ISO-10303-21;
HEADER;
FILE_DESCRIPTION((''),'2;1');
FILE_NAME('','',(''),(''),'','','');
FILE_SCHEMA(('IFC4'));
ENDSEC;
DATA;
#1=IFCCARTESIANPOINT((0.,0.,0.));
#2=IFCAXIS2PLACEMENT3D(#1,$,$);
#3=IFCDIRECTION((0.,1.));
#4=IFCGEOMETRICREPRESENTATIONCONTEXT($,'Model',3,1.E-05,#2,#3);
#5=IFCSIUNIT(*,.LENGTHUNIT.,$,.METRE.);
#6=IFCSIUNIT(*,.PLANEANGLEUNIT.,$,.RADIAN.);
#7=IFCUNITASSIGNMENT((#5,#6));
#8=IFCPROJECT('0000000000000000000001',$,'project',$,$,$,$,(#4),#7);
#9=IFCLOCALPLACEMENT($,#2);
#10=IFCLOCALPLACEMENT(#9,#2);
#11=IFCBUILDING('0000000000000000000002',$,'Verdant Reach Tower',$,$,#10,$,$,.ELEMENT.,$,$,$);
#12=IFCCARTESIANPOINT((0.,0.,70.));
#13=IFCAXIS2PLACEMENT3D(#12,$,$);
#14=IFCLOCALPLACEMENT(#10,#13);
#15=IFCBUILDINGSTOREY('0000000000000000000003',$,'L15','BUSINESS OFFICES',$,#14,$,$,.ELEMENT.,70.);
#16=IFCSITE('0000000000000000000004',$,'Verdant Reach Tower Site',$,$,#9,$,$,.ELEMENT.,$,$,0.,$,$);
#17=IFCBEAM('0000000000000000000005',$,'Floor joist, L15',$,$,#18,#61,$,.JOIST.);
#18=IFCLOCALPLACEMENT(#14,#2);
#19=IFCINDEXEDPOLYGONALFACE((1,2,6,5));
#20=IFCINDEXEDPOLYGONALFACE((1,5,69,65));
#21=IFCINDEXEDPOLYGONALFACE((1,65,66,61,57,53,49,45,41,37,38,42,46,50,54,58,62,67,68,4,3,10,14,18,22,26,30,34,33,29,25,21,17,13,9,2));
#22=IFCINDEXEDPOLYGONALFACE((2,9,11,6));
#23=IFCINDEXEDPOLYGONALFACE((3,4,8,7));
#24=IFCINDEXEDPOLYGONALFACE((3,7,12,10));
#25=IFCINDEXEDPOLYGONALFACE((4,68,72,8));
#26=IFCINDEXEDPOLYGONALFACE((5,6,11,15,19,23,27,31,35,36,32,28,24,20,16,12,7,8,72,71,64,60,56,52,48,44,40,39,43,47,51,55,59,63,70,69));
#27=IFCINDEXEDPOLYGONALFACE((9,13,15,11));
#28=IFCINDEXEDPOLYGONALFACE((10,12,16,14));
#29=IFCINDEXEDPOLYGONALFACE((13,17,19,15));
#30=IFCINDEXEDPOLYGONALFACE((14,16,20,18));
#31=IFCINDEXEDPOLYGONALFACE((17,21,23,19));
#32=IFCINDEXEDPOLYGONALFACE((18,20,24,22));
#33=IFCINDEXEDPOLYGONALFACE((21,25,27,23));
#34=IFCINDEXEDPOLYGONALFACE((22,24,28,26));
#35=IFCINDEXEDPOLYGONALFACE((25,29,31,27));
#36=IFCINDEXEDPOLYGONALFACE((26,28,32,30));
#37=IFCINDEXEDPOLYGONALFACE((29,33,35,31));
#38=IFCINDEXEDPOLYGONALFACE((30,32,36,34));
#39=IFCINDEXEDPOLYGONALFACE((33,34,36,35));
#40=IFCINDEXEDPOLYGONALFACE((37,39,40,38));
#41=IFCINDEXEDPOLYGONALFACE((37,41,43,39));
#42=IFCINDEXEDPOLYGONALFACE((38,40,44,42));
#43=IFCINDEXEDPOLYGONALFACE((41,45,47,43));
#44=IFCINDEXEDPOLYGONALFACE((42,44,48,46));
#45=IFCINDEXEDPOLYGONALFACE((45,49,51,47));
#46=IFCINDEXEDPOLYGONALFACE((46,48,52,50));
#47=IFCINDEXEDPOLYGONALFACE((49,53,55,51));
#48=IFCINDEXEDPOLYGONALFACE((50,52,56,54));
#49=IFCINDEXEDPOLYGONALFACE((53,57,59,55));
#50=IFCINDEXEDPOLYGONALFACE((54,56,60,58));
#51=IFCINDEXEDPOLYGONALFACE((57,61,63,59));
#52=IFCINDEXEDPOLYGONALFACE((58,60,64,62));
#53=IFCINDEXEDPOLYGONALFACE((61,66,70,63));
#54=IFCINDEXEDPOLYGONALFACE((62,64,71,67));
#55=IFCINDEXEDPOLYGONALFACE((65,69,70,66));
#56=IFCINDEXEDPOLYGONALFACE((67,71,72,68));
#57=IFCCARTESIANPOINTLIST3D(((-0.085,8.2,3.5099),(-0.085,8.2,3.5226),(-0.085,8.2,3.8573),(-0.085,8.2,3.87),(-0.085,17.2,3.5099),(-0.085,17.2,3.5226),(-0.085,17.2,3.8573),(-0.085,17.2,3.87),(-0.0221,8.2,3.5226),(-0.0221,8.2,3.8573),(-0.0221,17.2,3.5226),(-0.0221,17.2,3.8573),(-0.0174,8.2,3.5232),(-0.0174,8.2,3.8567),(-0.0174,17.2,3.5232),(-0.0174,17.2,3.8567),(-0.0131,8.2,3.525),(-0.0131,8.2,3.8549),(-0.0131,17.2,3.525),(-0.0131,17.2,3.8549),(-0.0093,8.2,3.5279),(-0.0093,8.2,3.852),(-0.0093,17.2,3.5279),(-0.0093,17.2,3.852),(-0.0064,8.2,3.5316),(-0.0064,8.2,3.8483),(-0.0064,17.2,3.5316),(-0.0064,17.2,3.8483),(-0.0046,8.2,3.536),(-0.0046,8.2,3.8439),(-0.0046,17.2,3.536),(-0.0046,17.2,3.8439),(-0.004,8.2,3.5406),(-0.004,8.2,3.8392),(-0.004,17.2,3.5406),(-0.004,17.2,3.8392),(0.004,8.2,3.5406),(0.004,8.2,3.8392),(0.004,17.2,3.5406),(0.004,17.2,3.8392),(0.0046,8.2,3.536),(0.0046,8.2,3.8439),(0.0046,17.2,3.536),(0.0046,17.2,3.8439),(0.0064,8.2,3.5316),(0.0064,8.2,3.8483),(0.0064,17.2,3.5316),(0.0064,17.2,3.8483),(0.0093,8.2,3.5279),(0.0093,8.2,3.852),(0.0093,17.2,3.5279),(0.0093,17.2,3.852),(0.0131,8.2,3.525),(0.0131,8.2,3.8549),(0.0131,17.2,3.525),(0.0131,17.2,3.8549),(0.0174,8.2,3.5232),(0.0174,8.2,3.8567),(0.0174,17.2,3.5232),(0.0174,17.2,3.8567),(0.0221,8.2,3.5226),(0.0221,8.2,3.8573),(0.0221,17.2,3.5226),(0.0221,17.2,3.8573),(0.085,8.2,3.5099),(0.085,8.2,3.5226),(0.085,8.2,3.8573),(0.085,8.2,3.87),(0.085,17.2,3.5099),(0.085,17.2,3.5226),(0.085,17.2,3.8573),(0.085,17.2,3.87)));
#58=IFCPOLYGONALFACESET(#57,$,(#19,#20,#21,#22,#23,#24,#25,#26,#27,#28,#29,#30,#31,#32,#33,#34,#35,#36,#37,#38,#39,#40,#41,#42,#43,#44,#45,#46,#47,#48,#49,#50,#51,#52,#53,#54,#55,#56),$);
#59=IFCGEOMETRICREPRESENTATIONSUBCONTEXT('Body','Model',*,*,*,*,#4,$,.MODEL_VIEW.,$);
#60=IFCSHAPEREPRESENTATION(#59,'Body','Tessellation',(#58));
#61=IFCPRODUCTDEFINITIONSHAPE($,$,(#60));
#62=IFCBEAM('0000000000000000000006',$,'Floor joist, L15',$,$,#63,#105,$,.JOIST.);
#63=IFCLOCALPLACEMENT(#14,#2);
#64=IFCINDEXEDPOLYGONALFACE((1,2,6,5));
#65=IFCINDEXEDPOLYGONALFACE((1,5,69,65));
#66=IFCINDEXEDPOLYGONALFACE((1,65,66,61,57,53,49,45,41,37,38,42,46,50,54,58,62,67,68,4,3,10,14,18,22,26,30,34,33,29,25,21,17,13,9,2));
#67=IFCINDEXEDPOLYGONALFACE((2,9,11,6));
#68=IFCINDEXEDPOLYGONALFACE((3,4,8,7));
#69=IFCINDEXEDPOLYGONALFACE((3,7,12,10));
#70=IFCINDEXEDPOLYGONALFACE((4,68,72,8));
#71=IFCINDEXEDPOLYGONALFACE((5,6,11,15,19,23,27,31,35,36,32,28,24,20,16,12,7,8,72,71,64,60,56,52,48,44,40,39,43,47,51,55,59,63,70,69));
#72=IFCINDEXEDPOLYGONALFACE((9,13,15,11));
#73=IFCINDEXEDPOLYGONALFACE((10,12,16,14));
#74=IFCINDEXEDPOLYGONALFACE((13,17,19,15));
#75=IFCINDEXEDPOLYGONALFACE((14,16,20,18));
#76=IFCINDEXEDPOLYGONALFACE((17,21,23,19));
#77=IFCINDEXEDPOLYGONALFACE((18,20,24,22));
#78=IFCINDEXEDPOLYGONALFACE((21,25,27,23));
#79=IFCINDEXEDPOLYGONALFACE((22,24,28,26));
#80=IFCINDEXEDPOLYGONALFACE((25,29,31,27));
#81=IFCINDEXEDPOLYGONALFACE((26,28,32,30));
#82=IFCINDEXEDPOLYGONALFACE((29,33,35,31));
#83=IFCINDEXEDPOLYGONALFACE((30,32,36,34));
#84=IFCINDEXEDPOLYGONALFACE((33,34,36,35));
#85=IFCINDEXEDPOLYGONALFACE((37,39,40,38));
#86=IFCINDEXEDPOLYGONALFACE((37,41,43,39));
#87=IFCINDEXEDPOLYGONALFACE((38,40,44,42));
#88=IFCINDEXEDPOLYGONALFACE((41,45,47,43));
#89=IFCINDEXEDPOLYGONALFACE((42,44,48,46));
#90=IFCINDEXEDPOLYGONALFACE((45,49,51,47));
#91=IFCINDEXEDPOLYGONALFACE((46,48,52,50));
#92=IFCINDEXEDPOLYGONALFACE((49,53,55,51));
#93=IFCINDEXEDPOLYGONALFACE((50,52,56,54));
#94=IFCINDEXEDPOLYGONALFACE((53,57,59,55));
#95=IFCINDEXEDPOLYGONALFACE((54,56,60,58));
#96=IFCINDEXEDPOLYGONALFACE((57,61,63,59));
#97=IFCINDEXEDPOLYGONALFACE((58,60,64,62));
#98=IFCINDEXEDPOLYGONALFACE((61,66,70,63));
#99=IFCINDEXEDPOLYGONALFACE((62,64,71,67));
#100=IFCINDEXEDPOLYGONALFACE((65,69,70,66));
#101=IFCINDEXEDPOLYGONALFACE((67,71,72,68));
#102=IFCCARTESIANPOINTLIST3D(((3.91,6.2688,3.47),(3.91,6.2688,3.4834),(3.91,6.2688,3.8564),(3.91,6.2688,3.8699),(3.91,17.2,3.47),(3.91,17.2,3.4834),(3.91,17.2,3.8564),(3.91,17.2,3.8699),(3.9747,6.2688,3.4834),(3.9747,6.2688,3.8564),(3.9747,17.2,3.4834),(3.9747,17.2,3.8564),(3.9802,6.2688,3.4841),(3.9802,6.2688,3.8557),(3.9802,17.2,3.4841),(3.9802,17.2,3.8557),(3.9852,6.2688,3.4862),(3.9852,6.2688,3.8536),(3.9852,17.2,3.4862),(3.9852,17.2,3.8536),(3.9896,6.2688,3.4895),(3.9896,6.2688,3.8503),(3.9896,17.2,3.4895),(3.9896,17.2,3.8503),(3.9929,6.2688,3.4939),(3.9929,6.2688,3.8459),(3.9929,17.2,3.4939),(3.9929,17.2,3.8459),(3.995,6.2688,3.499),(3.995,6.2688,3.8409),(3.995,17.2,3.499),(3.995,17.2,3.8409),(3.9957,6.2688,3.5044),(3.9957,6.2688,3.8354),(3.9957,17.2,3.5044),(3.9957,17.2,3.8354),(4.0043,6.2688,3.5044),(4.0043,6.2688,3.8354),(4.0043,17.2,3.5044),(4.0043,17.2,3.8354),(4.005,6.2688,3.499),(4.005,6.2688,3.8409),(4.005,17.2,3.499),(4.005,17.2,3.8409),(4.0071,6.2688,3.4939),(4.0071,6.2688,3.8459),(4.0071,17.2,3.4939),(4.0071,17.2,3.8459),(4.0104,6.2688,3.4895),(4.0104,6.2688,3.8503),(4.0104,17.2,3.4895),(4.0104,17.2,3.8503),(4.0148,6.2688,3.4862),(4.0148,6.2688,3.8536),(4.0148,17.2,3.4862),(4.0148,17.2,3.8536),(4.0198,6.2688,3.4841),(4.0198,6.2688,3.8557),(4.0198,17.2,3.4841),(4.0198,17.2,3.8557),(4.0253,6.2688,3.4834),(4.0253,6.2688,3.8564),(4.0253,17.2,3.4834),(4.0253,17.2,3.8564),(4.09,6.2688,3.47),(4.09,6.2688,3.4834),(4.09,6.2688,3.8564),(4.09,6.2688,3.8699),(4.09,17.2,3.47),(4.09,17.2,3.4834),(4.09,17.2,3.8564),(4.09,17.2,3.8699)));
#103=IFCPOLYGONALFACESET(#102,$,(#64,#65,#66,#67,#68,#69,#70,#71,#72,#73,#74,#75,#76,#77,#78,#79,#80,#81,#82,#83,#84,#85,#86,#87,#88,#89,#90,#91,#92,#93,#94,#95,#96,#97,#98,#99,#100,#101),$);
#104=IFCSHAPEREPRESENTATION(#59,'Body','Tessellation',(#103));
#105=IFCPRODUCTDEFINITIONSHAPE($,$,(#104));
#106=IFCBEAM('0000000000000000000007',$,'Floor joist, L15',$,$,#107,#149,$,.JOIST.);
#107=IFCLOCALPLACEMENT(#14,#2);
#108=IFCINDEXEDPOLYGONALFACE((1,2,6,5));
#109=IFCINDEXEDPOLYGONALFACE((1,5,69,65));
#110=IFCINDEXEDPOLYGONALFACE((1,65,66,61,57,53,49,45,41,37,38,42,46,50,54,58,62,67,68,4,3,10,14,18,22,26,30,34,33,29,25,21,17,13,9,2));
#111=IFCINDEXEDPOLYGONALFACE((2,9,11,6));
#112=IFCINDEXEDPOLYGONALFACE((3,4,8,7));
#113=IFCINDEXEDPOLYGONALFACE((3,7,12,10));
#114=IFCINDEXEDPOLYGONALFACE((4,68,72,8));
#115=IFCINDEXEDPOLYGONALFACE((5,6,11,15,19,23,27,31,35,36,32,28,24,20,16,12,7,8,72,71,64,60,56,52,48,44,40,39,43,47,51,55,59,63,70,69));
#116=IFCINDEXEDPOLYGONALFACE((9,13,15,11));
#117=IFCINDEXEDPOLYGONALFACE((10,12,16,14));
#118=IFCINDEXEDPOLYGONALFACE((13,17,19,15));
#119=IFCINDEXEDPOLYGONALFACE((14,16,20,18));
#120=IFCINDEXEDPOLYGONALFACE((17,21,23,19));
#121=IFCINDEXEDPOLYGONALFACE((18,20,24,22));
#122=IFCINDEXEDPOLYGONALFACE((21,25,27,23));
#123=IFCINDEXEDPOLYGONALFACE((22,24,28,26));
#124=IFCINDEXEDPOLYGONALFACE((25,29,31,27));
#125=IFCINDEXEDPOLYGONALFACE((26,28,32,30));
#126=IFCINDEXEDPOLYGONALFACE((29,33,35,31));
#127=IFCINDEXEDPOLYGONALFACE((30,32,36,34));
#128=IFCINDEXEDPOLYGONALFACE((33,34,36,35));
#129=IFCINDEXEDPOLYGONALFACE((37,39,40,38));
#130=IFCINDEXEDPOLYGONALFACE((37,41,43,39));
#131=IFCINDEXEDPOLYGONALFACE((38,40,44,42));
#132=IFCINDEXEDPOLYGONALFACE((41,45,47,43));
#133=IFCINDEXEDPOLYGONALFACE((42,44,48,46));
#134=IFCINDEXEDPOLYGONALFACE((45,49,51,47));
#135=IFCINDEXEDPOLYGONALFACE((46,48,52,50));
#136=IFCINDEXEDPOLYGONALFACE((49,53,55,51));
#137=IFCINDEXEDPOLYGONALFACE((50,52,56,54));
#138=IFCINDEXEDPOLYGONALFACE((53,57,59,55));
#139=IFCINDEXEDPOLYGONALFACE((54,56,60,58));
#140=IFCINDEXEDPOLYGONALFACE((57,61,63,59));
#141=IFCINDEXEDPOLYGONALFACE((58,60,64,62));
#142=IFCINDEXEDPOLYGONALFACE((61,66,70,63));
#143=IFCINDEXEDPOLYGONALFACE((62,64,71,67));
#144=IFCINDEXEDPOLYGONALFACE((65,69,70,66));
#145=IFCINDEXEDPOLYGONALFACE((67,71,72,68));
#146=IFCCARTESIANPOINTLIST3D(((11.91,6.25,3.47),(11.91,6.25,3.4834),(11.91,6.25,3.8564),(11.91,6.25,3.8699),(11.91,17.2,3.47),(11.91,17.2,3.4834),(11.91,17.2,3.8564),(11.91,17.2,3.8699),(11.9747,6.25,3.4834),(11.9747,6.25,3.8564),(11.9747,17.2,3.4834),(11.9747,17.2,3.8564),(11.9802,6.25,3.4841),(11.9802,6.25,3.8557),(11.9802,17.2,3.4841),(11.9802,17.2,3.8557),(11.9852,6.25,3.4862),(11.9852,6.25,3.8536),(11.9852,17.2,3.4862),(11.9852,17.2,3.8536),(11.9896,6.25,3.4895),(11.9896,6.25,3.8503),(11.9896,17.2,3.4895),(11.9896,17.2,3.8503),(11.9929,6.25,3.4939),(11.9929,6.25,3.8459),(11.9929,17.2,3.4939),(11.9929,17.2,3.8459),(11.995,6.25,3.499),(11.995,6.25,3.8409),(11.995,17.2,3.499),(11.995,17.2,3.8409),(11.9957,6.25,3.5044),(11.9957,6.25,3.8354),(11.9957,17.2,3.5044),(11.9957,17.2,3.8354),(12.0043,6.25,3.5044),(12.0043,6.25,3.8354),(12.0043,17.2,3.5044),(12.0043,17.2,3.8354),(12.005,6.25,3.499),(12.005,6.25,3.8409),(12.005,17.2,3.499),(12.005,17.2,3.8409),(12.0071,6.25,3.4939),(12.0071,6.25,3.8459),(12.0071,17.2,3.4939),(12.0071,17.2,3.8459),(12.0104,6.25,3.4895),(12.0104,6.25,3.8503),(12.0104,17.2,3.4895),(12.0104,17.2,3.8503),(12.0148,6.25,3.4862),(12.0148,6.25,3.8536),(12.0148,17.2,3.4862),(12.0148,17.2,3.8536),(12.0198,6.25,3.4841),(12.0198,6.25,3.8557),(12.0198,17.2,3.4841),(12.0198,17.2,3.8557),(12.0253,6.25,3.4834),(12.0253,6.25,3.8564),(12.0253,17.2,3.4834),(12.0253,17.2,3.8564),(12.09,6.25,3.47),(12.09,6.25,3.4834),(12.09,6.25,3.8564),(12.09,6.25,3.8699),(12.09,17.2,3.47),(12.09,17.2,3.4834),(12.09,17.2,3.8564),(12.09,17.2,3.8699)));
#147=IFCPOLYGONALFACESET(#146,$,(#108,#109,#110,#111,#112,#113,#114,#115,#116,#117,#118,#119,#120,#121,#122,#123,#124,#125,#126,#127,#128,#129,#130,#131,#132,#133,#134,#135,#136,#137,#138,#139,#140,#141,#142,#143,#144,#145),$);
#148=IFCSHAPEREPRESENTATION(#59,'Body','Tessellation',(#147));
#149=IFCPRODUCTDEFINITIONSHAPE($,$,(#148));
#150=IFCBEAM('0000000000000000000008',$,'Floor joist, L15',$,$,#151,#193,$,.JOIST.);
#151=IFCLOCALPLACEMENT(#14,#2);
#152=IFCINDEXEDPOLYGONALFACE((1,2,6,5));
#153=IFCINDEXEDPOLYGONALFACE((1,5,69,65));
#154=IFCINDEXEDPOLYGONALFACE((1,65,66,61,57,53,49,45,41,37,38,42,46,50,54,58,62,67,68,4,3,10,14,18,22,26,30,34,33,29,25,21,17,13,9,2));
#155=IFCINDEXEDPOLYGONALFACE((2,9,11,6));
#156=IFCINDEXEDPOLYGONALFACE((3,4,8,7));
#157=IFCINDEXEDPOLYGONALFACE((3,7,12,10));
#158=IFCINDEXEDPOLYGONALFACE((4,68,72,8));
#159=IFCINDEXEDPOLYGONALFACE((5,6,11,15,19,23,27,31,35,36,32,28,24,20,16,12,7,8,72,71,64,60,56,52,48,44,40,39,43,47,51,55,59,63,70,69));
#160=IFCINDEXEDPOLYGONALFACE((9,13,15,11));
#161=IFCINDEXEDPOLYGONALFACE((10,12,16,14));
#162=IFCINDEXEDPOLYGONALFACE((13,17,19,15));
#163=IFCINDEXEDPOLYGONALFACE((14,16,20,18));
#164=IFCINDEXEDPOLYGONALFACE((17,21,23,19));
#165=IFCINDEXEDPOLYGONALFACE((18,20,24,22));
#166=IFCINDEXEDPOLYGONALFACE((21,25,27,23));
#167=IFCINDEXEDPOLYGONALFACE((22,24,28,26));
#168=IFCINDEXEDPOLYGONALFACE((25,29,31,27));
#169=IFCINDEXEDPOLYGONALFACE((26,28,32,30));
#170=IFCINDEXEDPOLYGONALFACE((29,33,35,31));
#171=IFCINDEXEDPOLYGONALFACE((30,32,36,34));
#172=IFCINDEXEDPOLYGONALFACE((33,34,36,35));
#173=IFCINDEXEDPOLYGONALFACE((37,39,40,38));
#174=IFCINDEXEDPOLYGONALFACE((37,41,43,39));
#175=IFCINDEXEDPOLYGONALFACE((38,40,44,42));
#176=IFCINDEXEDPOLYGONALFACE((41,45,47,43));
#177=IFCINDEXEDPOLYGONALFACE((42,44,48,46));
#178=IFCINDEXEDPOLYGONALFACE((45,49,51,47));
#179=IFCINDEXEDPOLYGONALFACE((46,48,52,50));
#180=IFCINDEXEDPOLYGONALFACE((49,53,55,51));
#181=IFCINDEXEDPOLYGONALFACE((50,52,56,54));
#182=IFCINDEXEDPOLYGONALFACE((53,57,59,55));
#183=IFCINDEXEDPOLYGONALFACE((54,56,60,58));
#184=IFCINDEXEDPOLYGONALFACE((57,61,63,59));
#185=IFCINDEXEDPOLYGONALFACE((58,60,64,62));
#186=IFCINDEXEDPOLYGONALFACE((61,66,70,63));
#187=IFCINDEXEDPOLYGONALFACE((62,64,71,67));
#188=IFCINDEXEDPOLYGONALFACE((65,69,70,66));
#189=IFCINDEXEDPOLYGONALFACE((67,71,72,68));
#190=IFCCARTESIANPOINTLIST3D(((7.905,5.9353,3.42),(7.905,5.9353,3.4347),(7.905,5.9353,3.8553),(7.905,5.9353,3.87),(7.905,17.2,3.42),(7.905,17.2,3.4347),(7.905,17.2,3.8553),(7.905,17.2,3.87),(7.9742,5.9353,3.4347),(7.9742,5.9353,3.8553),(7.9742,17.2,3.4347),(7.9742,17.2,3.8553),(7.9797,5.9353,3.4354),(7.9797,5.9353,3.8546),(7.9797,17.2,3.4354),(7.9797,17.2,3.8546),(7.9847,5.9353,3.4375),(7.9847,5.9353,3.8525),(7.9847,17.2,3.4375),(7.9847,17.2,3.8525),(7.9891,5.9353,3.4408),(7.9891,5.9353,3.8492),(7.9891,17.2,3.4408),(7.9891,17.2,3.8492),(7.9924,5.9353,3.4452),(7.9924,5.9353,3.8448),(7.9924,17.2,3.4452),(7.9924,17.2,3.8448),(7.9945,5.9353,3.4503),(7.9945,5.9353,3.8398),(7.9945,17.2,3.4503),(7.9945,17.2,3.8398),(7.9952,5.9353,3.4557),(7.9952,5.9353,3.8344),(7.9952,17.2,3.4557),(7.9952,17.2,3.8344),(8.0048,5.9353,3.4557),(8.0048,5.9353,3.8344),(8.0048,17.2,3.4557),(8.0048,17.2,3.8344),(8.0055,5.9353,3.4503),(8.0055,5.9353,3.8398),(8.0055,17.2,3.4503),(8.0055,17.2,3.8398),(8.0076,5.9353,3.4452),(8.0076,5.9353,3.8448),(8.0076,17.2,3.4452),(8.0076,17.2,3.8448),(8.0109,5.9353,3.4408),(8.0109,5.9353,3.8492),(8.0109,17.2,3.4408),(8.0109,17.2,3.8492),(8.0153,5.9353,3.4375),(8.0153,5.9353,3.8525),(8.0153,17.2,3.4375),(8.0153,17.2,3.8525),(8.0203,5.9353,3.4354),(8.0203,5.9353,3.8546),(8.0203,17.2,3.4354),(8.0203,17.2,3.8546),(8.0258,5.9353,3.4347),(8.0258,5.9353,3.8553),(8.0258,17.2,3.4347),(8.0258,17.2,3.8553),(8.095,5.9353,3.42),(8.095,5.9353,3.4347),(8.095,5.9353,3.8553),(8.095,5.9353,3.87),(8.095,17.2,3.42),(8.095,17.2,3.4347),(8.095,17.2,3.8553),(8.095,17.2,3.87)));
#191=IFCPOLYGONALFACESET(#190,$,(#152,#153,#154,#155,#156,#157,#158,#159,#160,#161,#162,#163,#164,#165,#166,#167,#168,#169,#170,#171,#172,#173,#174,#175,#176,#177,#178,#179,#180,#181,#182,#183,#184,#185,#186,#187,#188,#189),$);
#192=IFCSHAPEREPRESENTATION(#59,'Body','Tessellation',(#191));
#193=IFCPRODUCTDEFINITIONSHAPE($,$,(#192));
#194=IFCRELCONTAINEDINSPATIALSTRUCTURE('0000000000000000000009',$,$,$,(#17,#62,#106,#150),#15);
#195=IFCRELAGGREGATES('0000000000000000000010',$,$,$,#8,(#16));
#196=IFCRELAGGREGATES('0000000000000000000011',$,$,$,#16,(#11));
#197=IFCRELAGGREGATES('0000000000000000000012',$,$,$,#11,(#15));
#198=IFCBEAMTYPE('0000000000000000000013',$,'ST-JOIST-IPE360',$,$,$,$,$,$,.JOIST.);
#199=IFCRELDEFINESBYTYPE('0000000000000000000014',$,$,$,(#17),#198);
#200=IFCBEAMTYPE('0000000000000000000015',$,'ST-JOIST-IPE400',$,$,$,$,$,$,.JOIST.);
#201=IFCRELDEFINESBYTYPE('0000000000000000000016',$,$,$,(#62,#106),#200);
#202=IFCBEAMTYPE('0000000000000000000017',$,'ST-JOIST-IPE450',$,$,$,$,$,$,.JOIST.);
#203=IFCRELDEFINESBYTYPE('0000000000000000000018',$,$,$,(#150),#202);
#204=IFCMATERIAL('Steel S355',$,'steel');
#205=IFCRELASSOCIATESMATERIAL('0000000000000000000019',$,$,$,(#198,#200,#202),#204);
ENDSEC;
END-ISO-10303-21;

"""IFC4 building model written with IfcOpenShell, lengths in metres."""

from ifc_helpers import new_model, si_unit, direction, frame, origin, origin_2d, place, context, subcontext, project, spatial, i_section, extrude, material, material_profile, profile_set, type_object, element, save


model = new_model("IFC4")

# Units and contexts
model_context = context("Model", 3, precision=1e-05, world=origin(), true_north=direction((0.0, 1.0)))
body_context = subcontext(model_context, "Body", "Model", "MODEL_VIEW")
ifc_project = project(units=[si_unit("LENGTHUNIT", "METRE"), si_unit("PLANEANGLEUNIT", "RADIAN")], contexts=[model_context])

# Site, building, storey
site_placement = place(None, origin())
site = spatial("IfcSite", under=ifc_project, at=site_placement, Name="Verdant Reach Tower Site", CompositionType="ELEMENT", RefElevation=0.0)
building_placement = place(site_placement, origin())
building = spatial("IfcBuilding", under=site, at=building_placement, Name="Verdant Reach Tower", CompositionType="ELEMENT")
storey_placement = place(building_placement, frame((0.0, 0.0, 70.0)))
storey = spatial("IfcBuildingStorey", under=building, at=storey_placement, Name="L15", Description="BUSINESS OFFICES", CompositionType="ELEMENT", Elevation=70.0)

# Beams
ifc_material_1 = material(Name="Steel S355", Category="steel")
ifc_material_profile_1 = material_profile(ifc_material_1, i_section(OverallWidth=0.1699, OverallDepth=0.3601, WebThickness=0.0081, FlangeThickness=0.0127, FilletRadius=0.0181, at=origin_2d()), Name="IPE 360")
ifc_profile_set_1 = profile_set([ifc_material_profile_1], Name="Steel S355")
beam_type_1 = type_object("IfcBeamType", Name="ST-JOIST-IPE360", PredefinedType="JOIST", material=ifc_profile_set_1)
beam_1_placement = place(storey_placement, frame((0.0, 17.2, 3.6899), z_axis=(0.0, -1.0, 0.0), x_axis=(1.0, 0.0, 0.0)))
element("IfcBeam", 1, at=beam_1_placement, inside=storey, type_object=beam_type_1, Name="Floor joist, L15", PredefinedType="JOIST", context=body_context, shape_type="SweptSolid", body=[
    extrude(i_section(OverallWidth=0.1699, OverallDepth=0.3601, WebThickness=0.0081, FlangeThickness=0.0127, FilletRadius=0.0181, at=origin_2d()), origin(), (0.0, 0.0, 1.0), 9.0),
])
ifc_material_profile_2 = material_profile(ifc_material_1, i_section(OverallWidth=0.1799, OverallDepth=0.3999, WebThickness=0.0085, FlangeThickness=0.0134, FilletRadius=0.021, at=origin_2d()), Name="IPE 400")
ifc_profile_set_2 = profile_set([ifc_material_profile_2], Name="Steel S355")
beam_type_2 = type_object("IfcBeamType", Name="ST-JOIST-IPE400", PredefinedType="JOIST", material=ifc_profile_set_2)
beam_2_placement = place(storey_placement, frame((4.0, 17.2, 3.6699), z_axis=(0.0, -1.0, 0.0), x_axis=(1.0, 0.0, 0.0)))
element("IfcBeam", 2, at=beam_2_placement, inside=storey, type_object=beam_type_2, Name="Floor joist, L15", PredefinedType="JOIST", context=body_context, shape_type="SweptSolid", body=[
    extrude(i_section(OverallWidth=0.1799, OverallDepth=0.3999, WebThickness=0.0085, FlangeThickness=0.0134, FilletRadius=0.021, at=origin_2d()), origin(), (0.0, 0.0, 1.0), 10.9312),
])
beam_3_placement = place(storey_placement, frame((12.0, 17.2, 3.6699), z_axis=(0.0, -1.0, 0.0), x_axis=(1.0, 0.0, 0.0)))
element("IfcBeam", 3, at=beam_3_placement, inside=storey, type_object=beam_type_2, Name="Floor joist, L15", PredefinedType="JOIST", context=body_context, shape_type="SweptSolid", body=[
    extrude(i_section(OverallWidth=0.1799, OverallDepth=0.3999, WebThickness=0.0085, FlangeThickness=0.0134, FilletRadius=0.021, at=origin_2d()), origin(), (0.0, 0.0, 1.0), 10.95),
])
ifc_material_profile_3 = material_profile(ifc_material_1, i_section(OverallWidth=0.1899, OverallDepth=0.45, WebThickness=0.0095, FlangeThickness=0.0146, FilletRadius=0.021, at=origin_2d()), Name="IPE 450")
ifc_profile_set_3 = profile_set([ifc_material_profile_3], Name="Steel S355")
beam_type_3 = type_object("IfcBeamType", Name="ST-JOIST-IPE450", PredefinedType="JOIST", material=ifc_profile_set_3)
beam_4_placement = place(storey_placement, frame((8.0, 17.2, 3.645), z_axis=(0.0, -1.0, 0.0), x_axis=(1.0, 0.0, 0.0)))
element("IfcBeam", 4, at=beam_4_placement, inside=storey, type_object=beam_type_3, Name="Floor joist, L15", PredefinedType="JOIST", context=body_context, shape_type="SweptSolid", body=[
    extrude(i_section(OverallWidth=0.1899, OverallDepth=0.45, WebThickness=0.0095, FlangeThickness=0.0146, FilletRadius=0.021, at=origin_2d()), origin(), (0.0, 0.0, 1.0), 11.2646),
])

save(model, "model.ifc")
